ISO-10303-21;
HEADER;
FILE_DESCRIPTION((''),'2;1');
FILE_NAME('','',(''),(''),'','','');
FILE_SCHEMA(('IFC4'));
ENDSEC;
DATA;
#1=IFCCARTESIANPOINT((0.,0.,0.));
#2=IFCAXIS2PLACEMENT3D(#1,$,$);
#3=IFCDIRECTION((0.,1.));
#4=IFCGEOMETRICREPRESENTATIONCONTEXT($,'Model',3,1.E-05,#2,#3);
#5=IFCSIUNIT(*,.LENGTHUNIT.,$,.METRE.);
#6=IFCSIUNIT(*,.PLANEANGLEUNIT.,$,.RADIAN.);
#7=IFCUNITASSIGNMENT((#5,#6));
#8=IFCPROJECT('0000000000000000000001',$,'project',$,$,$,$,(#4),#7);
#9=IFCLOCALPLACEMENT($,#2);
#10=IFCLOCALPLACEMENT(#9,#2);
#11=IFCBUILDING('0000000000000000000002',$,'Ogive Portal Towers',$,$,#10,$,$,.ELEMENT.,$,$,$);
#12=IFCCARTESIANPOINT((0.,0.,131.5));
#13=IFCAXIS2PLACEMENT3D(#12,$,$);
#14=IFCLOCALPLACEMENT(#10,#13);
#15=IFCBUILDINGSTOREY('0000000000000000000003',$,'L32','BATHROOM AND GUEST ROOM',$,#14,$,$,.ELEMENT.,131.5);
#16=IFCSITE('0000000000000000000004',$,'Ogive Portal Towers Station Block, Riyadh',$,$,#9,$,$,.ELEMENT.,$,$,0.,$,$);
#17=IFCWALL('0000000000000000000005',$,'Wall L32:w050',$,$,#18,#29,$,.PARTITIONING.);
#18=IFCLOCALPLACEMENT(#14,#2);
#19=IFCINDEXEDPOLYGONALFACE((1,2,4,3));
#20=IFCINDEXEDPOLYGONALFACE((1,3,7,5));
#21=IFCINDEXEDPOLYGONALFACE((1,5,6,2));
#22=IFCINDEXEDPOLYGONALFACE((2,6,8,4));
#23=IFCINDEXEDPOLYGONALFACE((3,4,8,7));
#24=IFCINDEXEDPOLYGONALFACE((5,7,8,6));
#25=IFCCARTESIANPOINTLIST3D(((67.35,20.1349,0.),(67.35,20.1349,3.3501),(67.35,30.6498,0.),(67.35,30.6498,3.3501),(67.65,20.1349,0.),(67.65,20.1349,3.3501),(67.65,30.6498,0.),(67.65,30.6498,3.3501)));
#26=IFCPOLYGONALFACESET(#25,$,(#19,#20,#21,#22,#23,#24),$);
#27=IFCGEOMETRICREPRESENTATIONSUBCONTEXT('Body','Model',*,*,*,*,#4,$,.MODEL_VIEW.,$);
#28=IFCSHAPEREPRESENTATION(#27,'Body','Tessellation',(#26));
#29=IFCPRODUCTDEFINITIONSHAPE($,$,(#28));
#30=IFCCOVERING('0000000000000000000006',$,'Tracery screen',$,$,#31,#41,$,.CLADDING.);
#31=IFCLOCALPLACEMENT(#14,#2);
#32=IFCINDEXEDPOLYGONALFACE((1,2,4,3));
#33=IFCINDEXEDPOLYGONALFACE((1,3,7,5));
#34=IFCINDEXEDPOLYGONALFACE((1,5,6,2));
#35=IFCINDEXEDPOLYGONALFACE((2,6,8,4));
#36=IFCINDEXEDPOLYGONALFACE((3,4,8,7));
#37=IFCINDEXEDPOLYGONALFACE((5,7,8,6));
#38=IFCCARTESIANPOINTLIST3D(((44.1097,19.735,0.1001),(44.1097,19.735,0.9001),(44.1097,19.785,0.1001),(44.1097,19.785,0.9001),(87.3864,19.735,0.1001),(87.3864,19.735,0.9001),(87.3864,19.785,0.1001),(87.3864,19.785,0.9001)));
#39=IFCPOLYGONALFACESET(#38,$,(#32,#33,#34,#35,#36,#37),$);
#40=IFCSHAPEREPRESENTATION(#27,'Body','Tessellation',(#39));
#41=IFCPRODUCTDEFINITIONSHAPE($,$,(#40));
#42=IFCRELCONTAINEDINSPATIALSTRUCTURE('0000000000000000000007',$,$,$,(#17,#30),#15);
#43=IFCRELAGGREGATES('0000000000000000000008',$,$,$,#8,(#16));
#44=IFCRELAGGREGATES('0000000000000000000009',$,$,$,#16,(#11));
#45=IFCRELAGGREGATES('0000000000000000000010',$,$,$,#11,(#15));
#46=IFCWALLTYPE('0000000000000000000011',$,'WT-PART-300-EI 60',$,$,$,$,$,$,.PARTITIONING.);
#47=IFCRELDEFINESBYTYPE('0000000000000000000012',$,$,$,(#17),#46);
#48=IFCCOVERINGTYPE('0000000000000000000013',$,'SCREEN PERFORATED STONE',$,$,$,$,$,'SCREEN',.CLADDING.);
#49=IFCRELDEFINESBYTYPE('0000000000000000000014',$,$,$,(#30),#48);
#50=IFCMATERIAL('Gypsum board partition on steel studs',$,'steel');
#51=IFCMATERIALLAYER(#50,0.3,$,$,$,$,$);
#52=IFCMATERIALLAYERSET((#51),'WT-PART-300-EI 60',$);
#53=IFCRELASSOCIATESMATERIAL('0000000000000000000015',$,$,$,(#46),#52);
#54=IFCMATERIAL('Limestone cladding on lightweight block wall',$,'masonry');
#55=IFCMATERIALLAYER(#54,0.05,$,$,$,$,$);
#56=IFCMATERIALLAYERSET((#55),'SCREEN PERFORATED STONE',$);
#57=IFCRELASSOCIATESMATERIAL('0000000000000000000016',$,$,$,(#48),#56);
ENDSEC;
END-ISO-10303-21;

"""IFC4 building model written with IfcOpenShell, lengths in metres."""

from ifc_helpers import new_model, si_unit, direction, frame, frame_2d, origin, origin_2d, place, context, subcontext, project, spatial, rectangle, extrude, material, layer, layer_set, type_object, element, save


model = new_model("IFC4")

# Units and contexts
model_context = context("Model", 3, precision=1e-05, world=origin(), true_north=direction((0.0, 1.0)))
body_context = subcontext(model_context, "Body", "Model", "MODEL_VIEW")
ifc_project = project(units=[si_unit("LENGTHUNIT", "METRE"), si_unit("PLANEANGLEUNIT", "RADIAN")], contexts=[model_context])

# Site, building, storey
site_placement = place(None, origin())
site = spatial("IfcSite", under=ifc_project, at=site_placement, Name="Ogive Portal Towers Station Block, Riyadh", CompositionType="ELEMENT", RefElevation=0.0)
building_placement = place(site_placement, origin())
building = spatial("IfcBuilding", under=site, at=building_placement, Name="Ogive Portal Towers", CompositionType="ELEMENT")
storey_placement = place(building_placement, frame((0.0, 0.0, 131.5)))
storey = spatial("IfcBuildingStorey", under=building, at=storey_placement, Name="L32", Description="BATHROOM AND GUEST ROOM", CompositionType="ELEMENT", Elevation=131.5)

# Shared definitions
ifc_material_1 = material(Name="Gypsum board partition on steel studs", Category="steel")

# Wall
ifc_layer_1 = layer(ifc_material_1, 0.3)
ifc_layer_set_1 = layer_set([ifc_layer_1], Name="WT-PART-300-EI 60")
wall_type_1 = type_object("IfcWallType", Name="WT-PART-300-EI 60", PredefinedType="PARTITIONING", material=ifc_layer_set_1)
wall_1_placement = place(storey_placement, frame((67.5, 20.135, 0.0), z_axis=(0.0, 0.0, 1.0), x_axis=(0.0, 1.0, 0.0)))
element("IfcWall", 1, at=wall_1_placement, inside=storey, type_object=wall_type_1, Name="Wall L32:w050", PredefinedType="PARTITIONING", context=body_context, shape_type="SweptSolid", body=[
    extrude(rectangle(XDim=10.5149, YDim=0.3, at=frame_2d((5.2573, 0.0))), origin(), (0.0, 0.0, 1.0), 3.3501),
])

# Covering
ifc_material_2 = material(Name="Limestone cladding on lightweight block wall", Category="masonry")
ifc_layer_2 = layer(ifc_material_2, 0.05)
ifc_layer_set_2 = layer_set([ifc_layer_2], Name="SCREEN PERFORATED STONE")
covering_type = type_object("IfcCoveringType", Name="SCREEN PERFORATED STONE", ElementType="SCREEN", PredefinedType="CLADDING", material=ifc_layer_set_2)
covering_placement = place(storey_placement, frame((65.748, 19.76, 0.1001), z_axis=(0.0, 0.0, 1.0), x_axis=(1.0, 0.0, 0.0)))
element("IfcCovering", 2, at=covering_placement, inside=storey, type_object=covering_type, Name="Tracery screen", PredefinedType="CLADDING", context=body_context, shape_type="SweptSolid", body=[
    extrude(rectangle(XDim=43.2766, YDim=0.05, at=origin_2d()), origin(), (0.0, 0.0, 1.0), 0.8),
])

save(model, "model.ifc")
